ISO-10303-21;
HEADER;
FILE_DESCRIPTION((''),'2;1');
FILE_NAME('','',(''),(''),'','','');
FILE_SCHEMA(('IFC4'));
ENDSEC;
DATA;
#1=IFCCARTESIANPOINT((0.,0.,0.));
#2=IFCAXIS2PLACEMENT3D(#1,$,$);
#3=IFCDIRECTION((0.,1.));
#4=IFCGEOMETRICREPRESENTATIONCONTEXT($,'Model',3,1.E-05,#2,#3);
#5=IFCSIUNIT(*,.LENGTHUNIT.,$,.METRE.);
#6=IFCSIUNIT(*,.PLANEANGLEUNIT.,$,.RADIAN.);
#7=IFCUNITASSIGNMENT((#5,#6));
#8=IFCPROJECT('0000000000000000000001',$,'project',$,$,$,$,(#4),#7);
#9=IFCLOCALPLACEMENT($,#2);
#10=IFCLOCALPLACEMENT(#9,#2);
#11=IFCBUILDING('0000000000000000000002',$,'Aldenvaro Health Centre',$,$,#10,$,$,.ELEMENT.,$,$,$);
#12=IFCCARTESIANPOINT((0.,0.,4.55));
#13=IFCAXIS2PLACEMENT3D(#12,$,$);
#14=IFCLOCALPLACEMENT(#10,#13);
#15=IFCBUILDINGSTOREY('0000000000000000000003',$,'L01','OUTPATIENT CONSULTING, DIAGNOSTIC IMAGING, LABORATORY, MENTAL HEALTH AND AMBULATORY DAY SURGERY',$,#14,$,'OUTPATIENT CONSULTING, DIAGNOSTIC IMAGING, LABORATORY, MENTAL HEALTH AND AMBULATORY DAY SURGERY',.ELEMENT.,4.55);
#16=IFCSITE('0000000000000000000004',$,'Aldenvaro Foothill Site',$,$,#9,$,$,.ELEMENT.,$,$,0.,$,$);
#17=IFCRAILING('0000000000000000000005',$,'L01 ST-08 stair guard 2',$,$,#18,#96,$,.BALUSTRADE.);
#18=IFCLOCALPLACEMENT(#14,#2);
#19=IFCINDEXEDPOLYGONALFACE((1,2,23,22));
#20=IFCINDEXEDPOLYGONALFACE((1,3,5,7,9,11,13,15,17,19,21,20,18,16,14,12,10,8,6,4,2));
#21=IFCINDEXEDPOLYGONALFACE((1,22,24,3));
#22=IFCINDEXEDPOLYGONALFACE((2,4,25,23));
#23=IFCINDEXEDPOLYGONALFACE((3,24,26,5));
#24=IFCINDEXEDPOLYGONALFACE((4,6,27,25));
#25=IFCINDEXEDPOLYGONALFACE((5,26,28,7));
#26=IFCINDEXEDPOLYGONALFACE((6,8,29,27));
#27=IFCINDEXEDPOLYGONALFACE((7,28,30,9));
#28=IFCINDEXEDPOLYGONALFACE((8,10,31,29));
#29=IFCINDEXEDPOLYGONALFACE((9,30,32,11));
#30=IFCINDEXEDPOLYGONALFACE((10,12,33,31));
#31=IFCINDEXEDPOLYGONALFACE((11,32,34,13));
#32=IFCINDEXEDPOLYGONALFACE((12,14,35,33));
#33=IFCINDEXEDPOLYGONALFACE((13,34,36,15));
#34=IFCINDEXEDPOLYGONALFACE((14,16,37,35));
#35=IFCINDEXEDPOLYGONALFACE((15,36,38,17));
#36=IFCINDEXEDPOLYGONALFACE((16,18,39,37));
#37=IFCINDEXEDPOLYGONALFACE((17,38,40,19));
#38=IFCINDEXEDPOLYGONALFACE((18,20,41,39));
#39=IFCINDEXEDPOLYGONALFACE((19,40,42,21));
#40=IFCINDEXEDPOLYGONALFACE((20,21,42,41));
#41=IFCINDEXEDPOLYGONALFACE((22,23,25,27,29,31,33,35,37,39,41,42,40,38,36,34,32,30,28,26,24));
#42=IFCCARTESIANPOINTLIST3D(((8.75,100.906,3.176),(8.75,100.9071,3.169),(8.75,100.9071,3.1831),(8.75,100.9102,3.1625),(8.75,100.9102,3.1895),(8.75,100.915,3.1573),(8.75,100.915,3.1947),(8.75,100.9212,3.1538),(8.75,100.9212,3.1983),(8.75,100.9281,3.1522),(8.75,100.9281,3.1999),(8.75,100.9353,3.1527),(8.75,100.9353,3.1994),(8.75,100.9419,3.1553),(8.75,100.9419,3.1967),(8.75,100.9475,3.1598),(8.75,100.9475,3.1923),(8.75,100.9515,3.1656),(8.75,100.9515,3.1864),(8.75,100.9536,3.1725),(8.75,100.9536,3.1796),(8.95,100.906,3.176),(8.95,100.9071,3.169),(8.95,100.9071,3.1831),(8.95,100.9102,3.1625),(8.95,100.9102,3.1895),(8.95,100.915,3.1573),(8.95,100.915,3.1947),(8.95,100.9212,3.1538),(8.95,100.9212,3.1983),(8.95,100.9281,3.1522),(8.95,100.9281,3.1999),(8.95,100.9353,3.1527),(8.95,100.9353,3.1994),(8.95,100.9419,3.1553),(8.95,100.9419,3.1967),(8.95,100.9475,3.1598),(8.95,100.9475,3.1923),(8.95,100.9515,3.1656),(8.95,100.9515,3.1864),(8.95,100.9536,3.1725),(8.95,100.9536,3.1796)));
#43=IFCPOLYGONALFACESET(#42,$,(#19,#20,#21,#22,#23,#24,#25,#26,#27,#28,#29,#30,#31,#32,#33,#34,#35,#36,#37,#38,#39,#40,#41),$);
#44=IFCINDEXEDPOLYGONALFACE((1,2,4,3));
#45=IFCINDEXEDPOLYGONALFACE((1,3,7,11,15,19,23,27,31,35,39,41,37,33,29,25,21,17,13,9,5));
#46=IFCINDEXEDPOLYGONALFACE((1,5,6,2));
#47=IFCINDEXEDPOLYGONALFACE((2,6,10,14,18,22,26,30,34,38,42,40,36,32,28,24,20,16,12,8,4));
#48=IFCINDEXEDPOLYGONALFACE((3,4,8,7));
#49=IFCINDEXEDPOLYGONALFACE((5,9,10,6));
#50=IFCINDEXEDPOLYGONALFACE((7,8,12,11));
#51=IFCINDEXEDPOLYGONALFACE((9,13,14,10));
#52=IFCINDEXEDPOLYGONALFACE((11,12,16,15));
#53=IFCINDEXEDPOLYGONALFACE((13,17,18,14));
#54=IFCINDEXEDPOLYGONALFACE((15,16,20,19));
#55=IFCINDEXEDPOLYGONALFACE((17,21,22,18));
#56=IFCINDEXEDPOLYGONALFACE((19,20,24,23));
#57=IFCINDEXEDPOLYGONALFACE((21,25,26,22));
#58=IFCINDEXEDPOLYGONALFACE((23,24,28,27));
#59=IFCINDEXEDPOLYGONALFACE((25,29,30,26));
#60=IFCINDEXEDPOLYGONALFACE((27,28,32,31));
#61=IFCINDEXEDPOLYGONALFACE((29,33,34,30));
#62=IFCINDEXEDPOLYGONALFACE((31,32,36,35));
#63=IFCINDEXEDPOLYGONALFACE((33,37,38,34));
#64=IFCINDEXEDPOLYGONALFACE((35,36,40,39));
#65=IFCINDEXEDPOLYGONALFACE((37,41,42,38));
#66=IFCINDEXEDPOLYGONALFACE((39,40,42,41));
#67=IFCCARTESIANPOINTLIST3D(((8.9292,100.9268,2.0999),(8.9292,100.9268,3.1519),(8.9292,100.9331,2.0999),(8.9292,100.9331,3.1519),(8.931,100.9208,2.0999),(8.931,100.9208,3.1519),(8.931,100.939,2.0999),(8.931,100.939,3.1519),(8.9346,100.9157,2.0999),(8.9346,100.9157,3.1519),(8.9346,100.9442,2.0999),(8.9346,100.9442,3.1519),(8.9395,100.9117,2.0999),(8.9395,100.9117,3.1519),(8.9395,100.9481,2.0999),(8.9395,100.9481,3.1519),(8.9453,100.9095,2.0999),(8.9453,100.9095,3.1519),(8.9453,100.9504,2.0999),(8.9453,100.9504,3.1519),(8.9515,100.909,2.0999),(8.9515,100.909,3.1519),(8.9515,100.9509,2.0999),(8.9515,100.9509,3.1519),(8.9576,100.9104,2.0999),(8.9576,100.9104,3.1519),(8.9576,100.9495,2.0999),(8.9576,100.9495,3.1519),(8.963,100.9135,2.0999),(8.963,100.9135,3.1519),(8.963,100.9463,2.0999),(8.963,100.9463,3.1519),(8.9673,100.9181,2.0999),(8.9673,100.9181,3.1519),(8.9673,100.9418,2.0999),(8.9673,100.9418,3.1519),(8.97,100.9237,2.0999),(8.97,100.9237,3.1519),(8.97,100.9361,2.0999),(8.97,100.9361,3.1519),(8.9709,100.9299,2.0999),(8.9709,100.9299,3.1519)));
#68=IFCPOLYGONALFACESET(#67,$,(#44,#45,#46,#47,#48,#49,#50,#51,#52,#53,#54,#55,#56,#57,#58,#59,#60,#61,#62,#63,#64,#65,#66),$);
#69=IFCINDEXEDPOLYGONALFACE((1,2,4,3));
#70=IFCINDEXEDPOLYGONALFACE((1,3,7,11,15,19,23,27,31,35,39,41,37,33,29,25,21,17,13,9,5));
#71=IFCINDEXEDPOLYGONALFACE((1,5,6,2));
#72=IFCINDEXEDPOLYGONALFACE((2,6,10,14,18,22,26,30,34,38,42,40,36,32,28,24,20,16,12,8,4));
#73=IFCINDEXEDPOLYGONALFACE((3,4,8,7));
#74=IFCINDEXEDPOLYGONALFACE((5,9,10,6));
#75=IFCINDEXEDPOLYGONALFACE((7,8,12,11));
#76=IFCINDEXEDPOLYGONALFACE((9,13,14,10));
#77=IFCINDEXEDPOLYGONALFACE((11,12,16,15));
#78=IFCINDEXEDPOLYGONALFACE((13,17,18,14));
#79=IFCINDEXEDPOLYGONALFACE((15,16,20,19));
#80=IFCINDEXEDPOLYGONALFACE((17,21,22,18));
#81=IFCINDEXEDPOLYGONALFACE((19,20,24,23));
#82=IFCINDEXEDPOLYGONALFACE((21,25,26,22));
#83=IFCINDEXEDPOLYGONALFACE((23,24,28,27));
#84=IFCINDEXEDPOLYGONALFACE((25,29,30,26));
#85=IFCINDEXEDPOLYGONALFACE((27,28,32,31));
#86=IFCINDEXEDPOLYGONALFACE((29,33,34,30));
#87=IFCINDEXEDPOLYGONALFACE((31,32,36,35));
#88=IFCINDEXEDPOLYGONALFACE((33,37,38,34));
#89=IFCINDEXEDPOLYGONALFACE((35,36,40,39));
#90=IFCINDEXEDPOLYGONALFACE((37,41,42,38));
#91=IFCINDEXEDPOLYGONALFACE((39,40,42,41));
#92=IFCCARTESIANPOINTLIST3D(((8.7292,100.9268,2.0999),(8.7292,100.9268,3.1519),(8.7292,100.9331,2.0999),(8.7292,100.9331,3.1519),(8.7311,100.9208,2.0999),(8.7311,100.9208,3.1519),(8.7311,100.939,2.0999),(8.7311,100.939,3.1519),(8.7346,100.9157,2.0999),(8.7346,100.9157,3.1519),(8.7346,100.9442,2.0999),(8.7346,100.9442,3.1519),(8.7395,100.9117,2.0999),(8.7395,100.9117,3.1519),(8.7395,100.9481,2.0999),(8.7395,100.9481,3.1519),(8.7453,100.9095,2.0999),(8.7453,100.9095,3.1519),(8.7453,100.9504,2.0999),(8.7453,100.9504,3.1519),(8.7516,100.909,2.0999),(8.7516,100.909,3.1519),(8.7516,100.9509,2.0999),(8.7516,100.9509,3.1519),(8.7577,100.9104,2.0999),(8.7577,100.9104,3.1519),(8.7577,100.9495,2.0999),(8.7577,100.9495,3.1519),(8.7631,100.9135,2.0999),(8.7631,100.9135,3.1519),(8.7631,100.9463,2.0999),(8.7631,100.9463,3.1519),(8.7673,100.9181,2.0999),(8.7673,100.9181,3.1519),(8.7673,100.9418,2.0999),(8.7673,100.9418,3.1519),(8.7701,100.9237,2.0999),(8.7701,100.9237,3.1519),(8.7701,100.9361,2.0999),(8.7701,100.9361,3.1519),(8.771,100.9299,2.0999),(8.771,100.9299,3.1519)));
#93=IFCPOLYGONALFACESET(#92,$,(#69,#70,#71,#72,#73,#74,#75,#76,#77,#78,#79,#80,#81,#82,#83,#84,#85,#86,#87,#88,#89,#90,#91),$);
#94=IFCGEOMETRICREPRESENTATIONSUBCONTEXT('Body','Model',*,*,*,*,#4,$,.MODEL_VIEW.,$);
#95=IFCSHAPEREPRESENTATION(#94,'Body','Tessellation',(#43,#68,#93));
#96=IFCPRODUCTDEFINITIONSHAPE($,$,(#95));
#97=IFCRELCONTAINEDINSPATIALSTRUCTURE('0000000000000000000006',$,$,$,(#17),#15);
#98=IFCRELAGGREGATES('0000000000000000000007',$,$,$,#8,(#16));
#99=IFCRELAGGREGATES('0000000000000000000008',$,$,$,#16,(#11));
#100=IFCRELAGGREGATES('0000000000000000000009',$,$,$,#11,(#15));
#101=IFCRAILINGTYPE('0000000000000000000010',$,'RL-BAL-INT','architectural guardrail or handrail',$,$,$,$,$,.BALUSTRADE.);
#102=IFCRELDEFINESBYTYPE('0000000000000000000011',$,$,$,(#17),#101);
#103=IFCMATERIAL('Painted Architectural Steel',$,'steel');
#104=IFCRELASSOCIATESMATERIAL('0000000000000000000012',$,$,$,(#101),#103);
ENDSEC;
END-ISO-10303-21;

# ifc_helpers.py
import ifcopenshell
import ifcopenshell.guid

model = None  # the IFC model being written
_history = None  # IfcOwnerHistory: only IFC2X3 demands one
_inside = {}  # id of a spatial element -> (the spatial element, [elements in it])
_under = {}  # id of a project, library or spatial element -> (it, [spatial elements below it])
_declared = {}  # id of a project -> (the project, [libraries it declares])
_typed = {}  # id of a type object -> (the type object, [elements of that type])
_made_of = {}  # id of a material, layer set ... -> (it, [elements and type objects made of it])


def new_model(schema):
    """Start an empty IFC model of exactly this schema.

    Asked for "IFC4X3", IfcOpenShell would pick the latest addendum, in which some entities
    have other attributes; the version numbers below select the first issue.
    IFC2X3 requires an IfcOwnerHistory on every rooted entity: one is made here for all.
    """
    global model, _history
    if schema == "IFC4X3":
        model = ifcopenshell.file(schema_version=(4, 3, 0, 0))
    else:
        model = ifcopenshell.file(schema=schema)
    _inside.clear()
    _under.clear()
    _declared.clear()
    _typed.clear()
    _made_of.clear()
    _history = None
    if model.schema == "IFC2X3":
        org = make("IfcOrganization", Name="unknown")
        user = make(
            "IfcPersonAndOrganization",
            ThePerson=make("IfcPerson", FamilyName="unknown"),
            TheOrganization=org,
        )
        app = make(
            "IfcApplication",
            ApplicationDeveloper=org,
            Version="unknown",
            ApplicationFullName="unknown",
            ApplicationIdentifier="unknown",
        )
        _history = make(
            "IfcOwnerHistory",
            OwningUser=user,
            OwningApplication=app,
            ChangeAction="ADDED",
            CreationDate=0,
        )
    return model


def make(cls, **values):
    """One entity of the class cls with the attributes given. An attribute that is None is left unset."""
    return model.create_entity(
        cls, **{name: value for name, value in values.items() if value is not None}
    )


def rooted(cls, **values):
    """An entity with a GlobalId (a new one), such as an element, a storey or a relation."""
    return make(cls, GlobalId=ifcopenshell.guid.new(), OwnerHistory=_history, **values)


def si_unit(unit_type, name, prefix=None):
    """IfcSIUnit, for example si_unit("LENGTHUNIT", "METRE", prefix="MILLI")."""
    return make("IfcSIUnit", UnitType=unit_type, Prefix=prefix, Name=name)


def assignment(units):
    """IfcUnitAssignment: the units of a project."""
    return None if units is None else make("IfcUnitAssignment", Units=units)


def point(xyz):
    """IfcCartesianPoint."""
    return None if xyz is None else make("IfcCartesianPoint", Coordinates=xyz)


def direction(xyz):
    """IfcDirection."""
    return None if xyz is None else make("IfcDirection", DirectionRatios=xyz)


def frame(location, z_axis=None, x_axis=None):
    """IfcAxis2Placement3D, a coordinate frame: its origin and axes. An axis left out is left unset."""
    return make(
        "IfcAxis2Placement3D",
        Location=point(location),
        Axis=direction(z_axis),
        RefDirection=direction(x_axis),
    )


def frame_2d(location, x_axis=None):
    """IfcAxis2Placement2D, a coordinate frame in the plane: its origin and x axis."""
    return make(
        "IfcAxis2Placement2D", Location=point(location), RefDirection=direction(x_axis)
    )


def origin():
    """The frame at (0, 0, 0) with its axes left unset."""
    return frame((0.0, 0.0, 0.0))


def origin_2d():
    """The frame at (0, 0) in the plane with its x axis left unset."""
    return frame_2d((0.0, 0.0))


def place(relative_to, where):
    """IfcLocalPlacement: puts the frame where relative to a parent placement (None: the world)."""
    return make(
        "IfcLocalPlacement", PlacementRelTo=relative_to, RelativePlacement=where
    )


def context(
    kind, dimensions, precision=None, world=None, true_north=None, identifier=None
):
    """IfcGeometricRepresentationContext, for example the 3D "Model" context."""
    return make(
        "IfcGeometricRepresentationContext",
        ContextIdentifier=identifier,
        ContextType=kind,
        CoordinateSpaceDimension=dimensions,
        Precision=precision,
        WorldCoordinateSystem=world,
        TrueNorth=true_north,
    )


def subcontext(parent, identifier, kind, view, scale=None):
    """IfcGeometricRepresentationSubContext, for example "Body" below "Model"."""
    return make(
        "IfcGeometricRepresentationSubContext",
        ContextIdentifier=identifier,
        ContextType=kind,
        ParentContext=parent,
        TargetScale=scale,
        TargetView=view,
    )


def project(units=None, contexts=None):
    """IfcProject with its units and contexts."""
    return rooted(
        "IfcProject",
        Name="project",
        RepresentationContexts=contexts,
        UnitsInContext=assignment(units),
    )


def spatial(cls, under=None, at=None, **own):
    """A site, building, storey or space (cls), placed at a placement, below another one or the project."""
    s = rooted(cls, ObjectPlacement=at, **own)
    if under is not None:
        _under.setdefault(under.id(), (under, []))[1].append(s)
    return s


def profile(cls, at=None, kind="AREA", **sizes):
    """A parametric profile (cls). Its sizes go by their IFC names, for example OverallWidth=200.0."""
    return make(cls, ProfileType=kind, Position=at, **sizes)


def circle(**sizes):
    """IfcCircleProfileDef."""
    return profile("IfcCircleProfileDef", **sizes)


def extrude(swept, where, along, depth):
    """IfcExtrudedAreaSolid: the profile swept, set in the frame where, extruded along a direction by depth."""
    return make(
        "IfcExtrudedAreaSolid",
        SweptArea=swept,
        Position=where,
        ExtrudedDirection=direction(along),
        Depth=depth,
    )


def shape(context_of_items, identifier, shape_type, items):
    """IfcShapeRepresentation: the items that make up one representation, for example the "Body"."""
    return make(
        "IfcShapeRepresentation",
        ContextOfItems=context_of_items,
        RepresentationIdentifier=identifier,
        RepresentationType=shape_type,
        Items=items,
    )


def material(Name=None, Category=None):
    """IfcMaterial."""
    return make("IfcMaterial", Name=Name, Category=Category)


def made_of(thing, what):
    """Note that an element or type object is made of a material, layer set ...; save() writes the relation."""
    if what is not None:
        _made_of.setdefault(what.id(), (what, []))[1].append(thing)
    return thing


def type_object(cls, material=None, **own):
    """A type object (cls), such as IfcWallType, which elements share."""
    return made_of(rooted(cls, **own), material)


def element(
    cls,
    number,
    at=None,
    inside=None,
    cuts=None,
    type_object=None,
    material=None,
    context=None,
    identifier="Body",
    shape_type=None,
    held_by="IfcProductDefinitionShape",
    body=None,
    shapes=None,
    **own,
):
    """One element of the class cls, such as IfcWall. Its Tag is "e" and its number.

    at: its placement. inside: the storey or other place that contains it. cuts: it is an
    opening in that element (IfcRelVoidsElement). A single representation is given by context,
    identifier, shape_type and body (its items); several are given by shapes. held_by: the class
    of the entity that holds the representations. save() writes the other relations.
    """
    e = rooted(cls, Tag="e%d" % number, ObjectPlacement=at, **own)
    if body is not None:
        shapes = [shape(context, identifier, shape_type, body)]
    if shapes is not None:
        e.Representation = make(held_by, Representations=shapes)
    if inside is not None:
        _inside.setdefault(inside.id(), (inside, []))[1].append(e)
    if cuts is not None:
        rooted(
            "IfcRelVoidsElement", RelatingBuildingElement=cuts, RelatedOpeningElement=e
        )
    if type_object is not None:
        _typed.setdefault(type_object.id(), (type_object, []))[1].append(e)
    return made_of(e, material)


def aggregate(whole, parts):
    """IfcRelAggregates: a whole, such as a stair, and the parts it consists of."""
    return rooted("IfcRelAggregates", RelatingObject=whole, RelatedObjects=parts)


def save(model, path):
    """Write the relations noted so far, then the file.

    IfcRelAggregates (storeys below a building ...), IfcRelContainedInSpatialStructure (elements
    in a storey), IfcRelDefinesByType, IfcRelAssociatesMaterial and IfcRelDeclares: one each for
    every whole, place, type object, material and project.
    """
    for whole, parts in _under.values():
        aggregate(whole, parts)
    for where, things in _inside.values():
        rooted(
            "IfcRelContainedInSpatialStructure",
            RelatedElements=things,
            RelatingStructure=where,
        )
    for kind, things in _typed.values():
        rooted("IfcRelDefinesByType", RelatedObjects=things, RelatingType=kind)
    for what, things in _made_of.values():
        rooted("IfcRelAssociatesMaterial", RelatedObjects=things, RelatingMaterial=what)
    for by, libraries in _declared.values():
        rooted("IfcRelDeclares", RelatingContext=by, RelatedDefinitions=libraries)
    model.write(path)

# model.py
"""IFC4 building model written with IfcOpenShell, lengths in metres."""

from ifc_helpers import new_model, si_unit, direction, frame, origin, origin_2d, place, context, subcontext, project, spatial, circle, extrude, material, type_object, element, save


model = new_model("IFC4")

# Units and contexts
model_context = context("Model", 3, precision=1e-05, world=origin(), true_north=direction((0.0, 1.0)))
body_context = subcontext(model_context, "Body", "Model", "MODEL_VIEW")
ifc_project = project(units=[si_unit("LENGTHUNIT", "METRE"), si_unit("PLANEANGLEUNIT", "RADIAN")], contexts=[model_context])

# Site, building, storey
site_placement = place(None, origin())
site = spatial("IfcSite", under=ifc_project, at=site_placement, Name="Aldenvaro Foothill Site", CompositionType="ELEMENT", RefElevation=0.0)
building_placement = place(site_placement, origin())
building = spatial("IfcBuilding", under=site, at=building_placement, Name="Aldenvaro Health Centre", CompositionType="ELEMENT")
storey_placement = place(building_placement, frame((0.0, 0.0, 4.55)))
storey = spatial("IfcBuildingStorey", under=building, at=storey_placement, Name="L01", Description="OUTPATIENT CONSULTING, DIAGNOSTIC IMAGING, LABORATORY, MENTAL HEALTH AND AMBULATORY DAY SURGERY", LongName="OUTPATIENT CONSULTING, DIAGNOSTIC IMAGING, LABORATORY, MENTAL HEALTH AND AMBULATORY DAY SURGERY", CompositionType="ELEMENT", Elevation=4.55)

# Railing
ifc_material_1 = material(Name="Painted Architectural Steel", Category="steel")
railing_type_1 = type_object("IfcRailingType", Name="RL-BAL-INT", Description="architectural guardrail or handrail", PredefinedType="BALUSTRADE", material=ifc_material_1)
railing_1_placement = place(storey_placement, frame((8.95, 100.9299, 2.0999)))
element("IfcRailing", 1, at=railing_1_placement, inside=storey, type_object=railing_type_1, Name="L01 ST-08 stair guard 2", PredefinedType="BALUSTRADE", context=body_context, shape_type="SweptSolid", body=[
    extrude(circle(Radius=0.0239, at=origin_2d()), frame((0.0, 0.0, 1.0762), z_axis=(-1.0, 0.0, 0.0), x_axis=(0.0, -1.0, 0.0)), (0.0, 0.0, 1.0), 0.2),
    extrude(circle(Radius=0.021, at=origin_2d()), origin(), (0.0, 0.0, 1.0), 1.052),
    extrude(circle(Radius=0.021, at=origin_2d()), frame((-0.2, 0.0, 0.0)), (0.0, 0.0, 1.0), 1.052),
])

save(model, "model.ifc")
